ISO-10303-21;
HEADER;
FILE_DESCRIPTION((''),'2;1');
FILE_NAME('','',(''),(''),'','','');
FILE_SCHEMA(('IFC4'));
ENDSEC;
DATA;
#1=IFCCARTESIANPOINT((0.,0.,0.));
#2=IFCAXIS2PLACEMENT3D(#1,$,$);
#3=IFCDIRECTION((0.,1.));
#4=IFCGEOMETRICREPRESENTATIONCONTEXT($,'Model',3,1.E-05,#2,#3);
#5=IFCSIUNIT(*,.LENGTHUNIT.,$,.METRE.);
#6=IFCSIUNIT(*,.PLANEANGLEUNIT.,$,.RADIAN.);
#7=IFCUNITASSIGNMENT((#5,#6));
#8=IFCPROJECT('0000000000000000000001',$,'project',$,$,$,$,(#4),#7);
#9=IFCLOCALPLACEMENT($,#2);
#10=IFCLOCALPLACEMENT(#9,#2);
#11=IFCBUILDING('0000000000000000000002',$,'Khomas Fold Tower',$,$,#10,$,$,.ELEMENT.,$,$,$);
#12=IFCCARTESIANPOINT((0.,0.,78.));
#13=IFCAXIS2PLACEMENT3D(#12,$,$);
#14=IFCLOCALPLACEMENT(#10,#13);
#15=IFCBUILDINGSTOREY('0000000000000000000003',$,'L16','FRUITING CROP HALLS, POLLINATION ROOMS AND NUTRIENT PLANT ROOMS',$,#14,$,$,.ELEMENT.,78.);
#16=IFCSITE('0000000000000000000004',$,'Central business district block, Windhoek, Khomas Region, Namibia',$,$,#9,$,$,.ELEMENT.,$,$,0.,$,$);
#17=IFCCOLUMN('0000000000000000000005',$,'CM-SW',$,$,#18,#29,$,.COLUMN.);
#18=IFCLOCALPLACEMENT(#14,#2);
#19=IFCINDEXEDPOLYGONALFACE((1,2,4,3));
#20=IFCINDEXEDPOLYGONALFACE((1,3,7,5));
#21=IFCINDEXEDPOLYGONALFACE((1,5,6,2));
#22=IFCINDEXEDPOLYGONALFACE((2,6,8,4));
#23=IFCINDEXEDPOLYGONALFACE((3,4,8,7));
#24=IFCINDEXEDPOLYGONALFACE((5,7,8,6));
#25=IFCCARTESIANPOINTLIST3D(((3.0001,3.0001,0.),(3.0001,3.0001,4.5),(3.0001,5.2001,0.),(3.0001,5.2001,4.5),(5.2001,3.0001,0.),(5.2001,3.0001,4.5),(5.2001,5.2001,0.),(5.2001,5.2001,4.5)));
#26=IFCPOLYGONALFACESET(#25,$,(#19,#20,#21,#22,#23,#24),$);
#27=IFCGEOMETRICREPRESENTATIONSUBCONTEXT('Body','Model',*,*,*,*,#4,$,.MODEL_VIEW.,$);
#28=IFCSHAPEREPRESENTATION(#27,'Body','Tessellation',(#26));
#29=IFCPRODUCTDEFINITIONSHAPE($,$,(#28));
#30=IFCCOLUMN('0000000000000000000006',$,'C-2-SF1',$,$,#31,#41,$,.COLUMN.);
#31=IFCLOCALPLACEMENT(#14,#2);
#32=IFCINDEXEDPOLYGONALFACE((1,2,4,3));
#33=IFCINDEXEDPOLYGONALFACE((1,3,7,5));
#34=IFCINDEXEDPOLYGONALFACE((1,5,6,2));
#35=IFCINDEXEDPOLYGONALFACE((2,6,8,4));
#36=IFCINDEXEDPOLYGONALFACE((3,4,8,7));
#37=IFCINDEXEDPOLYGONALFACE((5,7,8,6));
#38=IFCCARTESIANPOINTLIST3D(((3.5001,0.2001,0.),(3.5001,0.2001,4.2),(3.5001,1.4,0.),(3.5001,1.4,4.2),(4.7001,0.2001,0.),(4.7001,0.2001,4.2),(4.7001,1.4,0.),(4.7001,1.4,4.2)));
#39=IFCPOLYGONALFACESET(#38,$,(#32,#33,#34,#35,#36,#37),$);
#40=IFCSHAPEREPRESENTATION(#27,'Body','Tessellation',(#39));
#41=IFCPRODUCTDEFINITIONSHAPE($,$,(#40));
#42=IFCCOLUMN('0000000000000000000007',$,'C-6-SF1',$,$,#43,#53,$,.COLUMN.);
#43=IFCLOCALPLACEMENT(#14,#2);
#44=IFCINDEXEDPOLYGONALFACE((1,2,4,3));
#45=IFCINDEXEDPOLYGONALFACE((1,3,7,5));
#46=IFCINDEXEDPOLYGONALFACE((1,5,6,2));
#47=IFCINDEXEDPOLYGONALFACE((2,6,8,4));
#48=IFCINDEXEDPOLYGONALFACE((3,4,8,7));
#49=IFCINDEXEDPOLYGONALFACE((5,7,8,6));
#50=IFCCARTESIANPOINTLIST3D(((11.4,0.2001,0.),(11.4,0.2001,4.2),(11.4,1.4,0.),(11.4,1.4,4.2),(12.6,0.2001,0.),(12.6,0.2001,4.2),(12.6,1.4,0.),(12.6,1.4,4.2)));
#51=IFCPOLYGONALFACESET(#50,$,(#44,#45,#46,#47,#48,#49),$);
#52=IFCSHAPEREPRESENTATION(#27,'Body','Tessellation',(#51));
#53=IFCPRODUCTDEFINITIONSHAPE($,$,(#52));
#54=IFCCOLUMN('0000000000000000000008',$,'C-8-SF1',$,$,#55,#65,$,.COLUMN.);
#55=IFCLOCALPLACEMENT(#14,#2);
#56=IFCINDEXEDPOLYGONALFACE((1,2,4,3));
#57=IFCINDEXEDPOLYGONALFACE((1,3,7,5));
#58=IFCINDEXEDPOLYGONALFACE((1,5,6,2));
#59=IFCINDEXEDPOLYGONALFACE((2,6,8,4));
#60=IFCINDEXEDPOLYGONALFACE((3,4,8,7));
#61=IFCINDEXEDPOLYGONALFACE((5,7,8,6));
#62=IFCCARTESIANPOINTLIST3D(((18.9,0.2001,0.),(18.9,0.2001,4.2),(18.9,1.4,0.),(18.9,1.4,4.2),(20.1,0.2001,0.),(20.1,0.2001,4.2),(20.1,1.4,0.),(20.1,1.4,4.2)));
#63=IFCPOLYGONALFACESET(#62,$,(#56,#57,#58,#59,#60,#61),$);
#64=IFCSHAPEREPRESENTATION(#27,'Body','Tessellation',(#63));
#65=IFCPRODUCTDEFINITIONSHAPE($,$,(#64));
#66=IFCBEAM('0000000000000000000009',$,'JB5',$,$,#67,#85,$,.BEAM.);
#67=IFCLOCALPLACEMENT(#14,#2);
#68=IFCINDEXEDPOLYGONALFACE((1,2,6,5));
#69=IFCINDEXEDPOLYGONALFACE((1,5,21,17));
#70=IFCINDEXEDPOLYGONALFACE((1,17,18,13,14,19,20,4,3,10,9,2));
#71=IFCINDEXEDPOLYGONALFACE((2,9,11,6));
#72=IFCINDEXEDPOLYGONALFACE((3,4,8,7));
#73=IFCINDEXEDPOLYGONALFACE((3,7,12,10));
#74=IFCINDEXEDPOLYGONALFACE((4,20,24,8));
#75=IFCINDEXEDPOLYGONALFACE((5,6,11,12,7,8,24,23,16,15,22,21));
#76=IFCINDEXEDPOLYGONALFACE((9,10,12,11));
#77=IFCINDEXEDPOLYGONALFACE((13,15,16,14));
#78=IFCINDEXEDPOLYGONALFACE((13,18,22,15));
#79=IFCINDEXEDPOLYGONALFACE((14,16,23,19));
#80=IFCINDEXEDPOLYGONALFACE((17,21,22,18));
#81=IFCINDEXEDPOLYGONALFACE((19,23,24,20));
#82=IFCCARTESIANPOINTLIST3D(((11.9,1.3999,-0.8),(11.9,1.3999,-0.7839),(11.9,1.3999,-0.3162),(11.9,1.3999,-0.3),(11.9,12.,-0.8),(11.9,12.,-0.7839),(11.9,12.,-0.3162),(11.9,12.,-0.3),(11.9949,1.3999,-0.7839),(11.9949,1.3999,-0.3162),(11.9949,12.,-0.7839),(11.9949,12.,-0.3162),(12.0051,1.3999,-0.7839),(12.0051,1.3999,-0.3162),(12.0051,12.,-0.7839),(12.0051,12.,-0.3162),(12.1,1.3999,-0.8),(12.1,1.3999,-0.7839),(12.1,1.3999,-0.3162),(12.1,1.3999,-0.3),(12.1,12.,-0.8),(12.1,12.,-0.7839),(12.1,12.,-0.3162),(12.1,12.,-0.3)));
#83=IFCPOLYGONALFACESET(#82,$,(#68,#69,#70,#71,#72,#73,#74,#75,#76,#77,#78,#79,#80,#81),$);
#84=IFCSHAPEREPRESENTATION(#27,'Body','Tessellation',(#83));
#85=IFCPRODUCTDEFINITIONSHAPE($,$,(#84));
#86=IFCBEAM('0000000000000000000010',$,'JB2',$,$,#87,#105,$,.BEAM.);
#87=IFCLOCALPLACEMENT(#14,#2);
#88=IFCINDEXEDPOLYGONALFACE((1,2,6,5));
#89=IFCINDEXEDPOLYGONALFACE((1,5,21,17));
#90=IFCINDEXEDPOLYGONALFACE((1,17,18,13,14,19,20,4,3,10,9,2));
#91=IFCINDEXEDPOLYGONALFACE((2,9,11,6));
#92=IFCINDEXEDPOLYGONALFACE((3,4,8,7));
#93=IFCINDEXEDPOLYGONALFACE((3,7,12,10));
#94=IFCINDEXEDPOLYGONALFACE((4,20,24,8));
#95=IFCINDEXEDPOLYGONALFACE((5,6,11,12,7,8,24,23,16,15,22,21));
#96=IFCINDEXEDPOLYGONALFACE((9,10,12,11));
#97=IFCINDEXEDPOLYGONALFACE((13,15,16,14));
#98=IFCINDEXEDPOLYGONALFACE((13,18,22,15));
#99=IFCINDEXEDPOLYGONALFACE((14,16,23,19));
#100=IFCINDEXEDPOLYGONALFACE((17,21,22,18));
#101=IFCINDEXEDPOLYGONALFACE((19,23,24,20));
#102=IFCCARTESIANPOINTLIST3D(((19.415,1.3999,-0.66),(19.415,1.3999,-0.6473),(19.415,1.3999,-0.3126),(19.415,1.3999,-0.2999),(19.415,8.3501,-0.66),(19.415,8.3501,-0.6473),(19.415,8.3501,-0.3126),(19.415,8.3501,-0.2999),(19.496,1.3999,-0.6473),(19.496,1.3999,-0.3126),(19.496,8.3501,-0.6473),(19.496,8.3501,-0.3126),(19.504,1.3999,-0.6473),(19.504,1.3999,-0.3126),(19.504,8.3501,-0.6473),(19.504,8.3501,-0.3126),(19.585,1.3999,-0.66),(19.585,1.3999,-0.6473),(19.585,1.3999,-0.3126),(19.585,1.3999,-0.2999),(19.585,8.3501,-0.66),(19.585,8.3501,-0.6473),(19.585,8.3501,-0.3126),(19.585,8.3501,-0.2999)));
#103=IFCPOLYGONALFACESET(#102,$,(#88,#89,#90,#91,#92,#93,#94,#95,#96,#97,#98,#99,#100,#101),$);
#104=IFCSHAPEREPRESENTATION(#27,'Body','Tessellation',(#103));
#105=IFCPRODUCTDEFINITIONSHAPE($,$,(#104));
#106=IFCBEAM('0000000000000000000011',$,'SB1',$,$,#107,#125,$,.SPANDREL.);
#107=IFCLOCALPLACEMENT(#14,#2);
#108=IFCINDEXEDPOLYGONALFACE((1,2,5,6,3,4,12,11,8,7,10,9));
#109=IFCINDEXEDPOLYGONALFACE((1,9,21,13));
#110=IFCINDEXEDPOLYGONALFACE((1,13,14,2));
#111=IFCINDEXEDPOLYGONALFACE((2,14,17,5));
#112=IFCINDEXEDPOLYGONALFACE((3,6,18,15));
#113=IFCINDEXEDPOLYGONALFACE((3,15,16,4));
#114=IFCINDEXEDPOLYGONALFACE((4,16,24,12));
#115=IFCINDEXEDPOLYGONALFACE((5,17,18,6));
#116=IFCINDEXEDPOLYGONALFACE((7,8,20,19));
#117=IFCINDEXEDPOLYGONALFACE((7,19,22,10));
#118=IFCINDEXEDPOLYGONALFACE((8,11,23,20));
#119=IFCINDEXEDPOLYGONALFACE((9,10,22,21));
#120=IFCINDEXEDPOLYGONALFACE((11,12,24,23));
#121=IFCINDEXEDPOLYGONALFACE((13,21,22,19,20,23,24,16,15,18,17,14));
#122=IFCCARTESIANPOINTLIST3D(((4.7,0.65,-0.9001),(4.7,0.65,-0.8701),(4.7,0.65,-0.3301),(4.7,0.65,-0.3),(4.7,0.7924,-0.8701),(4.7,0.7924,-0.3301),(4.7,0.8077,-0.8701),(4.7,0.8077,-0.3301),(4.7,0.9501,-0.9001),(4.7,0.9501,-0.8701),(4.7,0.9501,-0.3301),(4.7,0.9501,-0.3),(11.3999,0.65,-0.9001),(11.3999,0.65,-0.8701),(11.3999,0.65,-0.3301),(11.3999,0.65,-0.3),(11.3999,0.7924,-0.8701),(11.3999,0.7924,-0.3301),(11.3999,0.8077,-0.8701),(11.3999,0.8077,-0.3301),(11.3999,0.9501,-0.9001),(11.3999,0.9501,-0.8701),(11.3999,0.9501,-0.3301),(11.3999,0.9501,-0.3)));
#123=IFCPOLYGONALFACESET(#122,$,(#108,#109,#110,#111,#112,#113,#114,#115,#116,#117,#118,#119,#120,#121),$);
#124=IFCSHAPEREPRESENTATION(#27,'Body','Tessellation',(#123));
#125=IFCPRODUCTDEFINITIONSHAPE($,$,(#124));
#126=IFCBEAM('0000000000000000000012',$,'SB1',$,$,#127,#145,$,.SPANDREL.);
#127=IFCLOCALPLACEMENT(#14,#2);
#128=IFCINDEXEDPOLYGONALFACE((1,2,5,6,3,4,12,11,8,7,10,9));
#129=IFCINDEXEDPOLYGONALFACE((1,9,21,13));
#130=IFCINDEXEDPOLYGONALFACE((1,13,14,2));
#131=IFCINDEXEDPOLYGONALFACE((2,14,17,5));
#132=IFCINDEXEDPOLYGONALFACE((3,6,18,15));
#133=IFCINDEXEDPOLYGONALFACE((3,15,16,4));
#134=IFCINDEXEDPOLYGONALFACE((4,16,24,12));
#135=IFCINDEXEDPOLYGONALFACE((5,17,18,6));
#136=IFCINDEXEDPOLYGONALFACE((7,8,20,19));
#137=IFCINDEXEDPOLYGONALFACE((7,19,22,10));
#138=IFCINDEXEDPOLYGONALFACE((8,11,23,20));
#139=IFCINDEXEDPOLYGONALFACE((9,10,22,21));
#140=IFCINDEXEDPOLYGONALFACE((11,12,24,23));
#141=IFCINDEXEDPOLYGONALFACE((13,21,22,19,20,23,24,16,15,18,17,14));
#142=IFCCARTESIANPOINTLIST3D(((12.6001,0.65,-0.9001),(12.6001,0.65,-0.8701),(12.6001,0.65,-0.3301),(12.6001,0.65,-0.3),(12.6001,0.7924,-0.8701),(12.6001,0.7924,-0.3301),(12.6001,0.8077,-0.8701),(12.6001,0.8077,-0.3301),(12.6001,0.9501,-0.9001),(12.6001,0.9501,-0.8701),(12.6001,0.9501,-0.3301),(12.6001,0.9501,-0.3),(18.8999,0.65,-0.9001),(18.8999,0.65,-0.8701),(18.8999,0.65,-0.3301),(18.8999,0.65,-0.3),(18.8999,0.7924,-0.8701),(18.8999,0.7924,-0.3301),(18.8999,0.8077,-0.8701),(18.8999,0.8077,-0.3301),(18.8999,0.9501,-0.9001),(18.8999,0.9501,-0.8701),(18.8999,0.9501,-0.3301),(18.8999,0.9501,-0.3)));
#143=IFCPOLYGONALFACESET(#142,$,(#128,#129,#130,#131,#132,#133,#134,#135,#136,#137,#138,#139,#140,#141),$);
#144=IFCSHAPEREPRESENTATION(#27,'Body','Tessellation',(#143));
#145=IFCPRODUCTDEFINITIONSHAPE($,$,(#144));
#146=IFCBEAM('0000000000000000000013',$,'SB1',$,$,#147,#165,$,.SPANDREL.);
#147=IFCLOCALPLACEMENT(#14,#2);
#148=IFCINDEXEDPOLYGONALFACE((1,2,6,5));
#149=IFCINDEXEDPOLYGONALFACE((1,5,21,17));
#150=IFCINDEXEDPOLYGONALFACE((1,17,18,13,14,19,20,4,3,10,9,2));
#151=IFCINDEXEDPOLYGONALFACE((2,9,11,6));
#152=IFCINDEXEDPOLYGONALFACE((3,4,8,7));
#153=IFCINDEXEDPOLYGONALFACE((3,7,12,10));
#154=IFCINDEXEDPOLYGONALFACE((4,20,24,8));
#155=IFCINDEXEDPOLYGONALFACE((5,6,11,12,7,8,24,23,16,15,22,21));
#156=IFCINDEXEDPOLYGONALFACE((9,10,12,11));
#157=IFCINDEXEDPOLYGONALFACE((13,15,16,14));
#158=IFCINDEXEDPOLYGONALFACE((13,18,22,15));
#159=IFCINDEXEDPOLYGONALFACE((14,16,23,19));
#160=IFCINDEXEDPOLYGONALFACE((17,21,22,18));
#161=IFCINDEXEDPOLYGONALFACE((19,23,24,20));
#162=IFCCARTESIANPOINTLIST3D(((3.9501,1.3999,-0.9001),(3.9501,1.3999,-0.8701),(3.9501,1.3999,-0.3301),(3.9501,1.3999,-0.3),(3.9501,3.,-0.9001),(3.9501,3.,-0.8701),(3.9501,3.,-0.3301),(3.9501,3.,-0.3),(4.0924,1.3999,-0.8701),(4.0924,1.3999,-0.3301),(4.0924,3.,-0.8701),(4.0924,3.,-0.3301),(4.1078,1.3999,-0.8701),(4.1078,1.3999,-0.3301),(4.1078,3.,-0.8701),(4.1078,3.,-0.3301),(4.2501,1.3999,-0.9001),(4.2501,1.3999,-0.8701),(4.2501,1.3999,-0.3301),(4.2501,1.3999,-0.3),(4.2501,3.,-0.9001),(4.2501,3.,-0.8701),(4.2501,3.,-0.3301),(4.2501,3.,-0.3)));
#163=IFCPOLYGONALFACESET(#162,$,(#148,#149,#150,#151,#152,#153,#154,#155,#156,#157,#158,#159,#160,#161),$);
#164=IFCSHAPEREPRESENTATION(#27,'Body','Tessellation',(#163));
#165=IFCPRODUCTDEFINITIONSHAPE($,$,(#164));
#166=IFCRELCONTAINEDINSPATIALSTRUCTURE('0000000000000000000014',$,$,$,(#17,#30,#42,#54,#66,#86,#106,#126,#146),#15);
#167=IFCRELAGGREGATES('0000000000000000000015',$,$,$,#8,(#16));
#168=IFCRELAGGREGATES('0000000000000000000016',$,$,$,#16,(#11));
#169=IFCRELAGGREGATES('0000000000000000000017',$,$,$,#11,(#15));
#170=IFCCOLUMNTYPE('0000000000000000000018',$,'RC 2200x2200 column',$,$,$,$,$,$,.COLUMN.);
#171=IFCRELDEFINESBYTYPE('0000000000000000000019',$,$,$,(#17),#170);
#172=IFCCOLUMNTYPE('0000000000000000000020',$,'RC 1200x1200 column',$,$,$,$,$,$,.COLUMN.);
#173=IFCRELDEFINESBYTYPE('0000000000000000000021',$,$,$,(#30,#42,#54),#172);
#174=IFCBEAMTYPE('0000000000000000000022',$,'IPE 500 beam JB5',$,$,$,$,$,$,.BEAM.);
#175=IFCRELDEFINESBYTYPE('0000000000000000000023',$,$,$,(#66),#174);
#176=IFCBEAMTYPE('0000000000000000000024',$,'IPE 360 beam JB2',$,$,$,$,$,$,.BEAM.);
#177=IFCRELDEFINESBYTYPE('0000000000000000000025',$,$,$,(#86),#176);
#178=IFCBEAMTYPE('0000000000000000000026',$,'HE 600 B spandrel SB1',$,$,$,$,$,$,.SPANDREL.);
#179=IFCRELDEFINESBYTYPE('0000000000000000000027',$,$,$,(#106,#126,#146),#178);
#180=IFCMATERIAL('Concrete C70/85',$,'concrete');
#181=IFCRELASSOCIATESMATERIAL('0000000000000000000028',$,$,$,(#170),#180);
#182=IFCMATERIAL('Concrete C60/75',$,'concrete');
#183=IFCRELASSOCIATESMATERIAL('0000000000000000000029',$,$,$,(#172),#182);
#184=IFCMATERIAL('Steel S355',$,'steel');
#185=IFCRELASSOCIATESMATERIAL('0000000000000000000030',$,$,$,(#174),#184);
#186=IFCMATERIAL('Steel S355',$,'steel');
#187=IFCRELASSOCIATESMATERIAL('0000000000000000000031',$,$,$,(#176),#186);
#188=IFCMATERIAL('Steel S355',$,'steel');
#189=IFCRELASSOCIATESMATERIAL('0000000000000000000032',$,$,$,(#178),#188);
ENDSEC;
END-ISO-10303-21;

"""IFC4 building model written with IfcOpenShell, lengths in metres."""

from ifc_helpers import new_model, si_unit, direction, frame, origin, origin_2d, place, context, subcontext, project, spatial, rectangle, i_section, extrude, source, transform, mapped, material, material_profile, profile_set, type_object, element, save


model = new_model("IFC4")

# Units and contexts
model_context = context("Model", 3, precision=1e-05, world=origin(), true_north=direction((0.0, 1.0)))
body_context = subcontext(model_context, "Body", "Model", "MODEL_VIEW")
ifc_project = project(units=[si_unit("LENGTHUNIT", "METRE"), si_unit("PLANEANGLEUNIT", "RADIAN")], contexts=[model_context])

# Site, building, storey
site_placement = place(None, origin())
site = spatial("IfcSite", under=ifc_project, at=site_placement, Name="Central business district block, Windhoek, Khomas Region, Namibia", CompositionType="ELEMENT", RefElevation=0.0)
building_placement = place(site_placement, origin())
building = spatial("IfcBuilding", under=site, at=building_placement, Name="Khomas Fold Tower", CompositionType="ELEMENT")
storey_placement = place(building_placement, frame((0.0, 0.0, 78.0)))
storey = spatial("IfcBuildingStorey", under=building, at=storey_placement, Name="L16", Description="FRUITING CROP HALLS, POLLINATION ROOMS AND NUTRIENT PLANT ROOMS", CompositionType="ELEMENT", Elevation=78.0)

# Columns
ifc_material_1 = material(Name="Concrete C70/85", Category="concrete")
ifc_material_profile_1 = material_profile(ifc_material_1, rectangle(XDim=2.2, YDim=2.2, at=origin_2d()), Name="RC 2200x2200")
ifc_profile_set_1 = profile_set([ifc_material_profile_1], Name="Concrete C70/85")
column_type_1 = type_object("IfcColumnType", Name="RC 2200x2200 column", PredefinedType="COLUMN", material=ifc_profile_set_1)
shared_shape_1 = source(origin(), body_context, "Body", "SweptSolid", [
    extrude(rectangle(XDim=2.2, YDim=2.2, at=origin_2d()), origin(), (0.0, 0.0, 1.0), 4.5),
])
column_placement = place(storey_placement, frame((4.1001, 4.1001, 0.0), z_axis=(0.0, 0.0, 1.0), x_axis=(1.0, 0.0, 0.0)))
element("IfcColumn", 1, at=column_placement, inside=storey, type_object=column_type_1, Name="CM-SW", PredefinedType="COLUMN", context=body_context, shape_type="MappedRepresentation", body=[
    mapped(shared_shape_1, transform((0.0, 0.0, 0.0))),
])
ifc_material_2 = material(Name="Concrete C60/75", Category="concrete")
ifc_material_profile_2 = material_profile(ifc_material_2, rectangle(XDim=1.2, YDim=1.2, at=origin_2d()), Name="RC 1200x1200")
ifc_profile_set_2 = profile_set([ifc_material_profile_2], Name="Concrete C60/75")
column_type_2 = type_object("IfcColumnType", Name="RC 1200x1200 column", PredefinedType="COLUMN", material=ifc_profile_set_2)
shared_shape_2 = source(origin(), body_context, "Body", "SweptSolid", [
    extrude(rectangle(XDim=1.2, YDim=1.2, at=origin_2d()), origin(), (0.0, 0.0, 1.0), 4.2),
])
for number, where, z_axis, x_axis, name in (
    (2, (4.1001, 0.8, 0.0), (0.0, 0.0, 1.0), (1.0, 0.0, 0.0), "C-2-SF1"),
    (3, (12.0, 0.8, 0.0), (0.0, 0.0, 1.0), (1.0, 0.0, 0.0), "C-6-SF1"),
    (4, (19.5, 0.8, 0.0), (0.0, 0.0, 1.0), (1.0, 0.0, 0.0), "C-8-SF1"),
):
    element("IfcColumn", number, at=place(storey_placement, frame(where, z_axis=z_axis, x_axis=x_axis)), inside=storey, type_object=column_type_2, Name=name, PredefinedType="COLUMN", context=body_context, shape_type="MappedRepresentation", body=[
        mapped(shared_shape_2, transform((0.0, 0.0, 0.0))),
    ])

# Beams
ifc_material_3 = material(Name="Steel S355", Category="steel")
ifc_material_profile_3 = material_profile(ifc_material_3, i_section(OverallWidth=0.2, OverallDepth=0.5, WebThickness=0.0103, FlangeThickness=0.0161, at=origin_2d()), Name="IPE 500")
ifc_profile_set_3 = profile_set([ifc_material_profile_3], Name="Steel S355")
beam_type_1 = type_object("IfcBeamType", Name="IPE 500 beam JB5", PredefinedType="BEAM", material=ifc_profile_set_3)
shared_shape_3 = source(origin(), body_context, "Body", "SweptSolid", [
    extrude(i_section(OverallWidth=0.2, OverallDepth=0.5, WebThickness=0.0103, FlangeThickness=0.0161, at=origin_2d()), origin(), (0.0, 0.0, 1.0), 10.6001),
])
beam_1_placement = place(storey_placement, frame((12.0, 1.3999, -0.55), z_axis=(0.0, 1.0, 0.0), x_axis=(-1.0, 0.0, 0.0)))
element("IfcBeam", 5, at=beam_1_placement, inside=storey, type_object=beam_type_1, Name="JB5", PredefinedType="BEAM", context=body_context, shape_type="MappedRepresentation", body=[
    mapped(shared_shape_3, transform((0.0, 0.0, 0.0))),
])
ifc_material_4 = material(Name="Steel S355", Category="steel")
ifc_material_profile_4 = material_profile(ifc_material_4, i_section(OverallWidth=0.1699, OverallDepth=0.3601, WebThickness=0.0081, FlangeThickness=0.0127, at=origin_2d()), Name="IPE 360")
ifc_profile_set_4 = profile_set([ifc_material_profile_4], Name="Steel S355")
beam_type_2 = type_object("IfcBeamType", Name="IPE 360 beam JB2", PredefinedType="BEAM", material=ifc_profile_set_4)
shared_shape_4 = source(origin(), body_context, "Body", "SweptSolid", [
    extrude(i_section(OverallWidth=0.1699, OverallDepth=0.3601, WebThickness=0.0081, FlangeThickness=0.0127, at=origin_2d()), origin(), (0.0, 0.0, 1.0), 6.9502),
])
beam_2_placement = place(storey_placement, frame((19.5, 1.3999, -0.48), z_axis=(0.0, 1.0, 0.0), x_axis=(-1.0, 0.0, 0.0)))
element("IfcBeam", 6, at=beam_2_placement, inside=storey, type_object=beam_type_2, Name="JB2", PredefinedType="BEAM", context=body_context, shape_type="MappedRepresentation", body=[
    mapped(shared_shape_4, transform((0.0, 0.0, 0.0))),
])
ifc_material_5 = material(Name="Steel S355", Category="steel")
ifc_material_profile_5 = material_profile(ifc_material_5, i_section(OverallWidth=0.3, OverallDepth=0.6001, WebThickness=0.0154, FlangeThickness=0.03, at=origin_2d()), Name="HE 600 B")
ifc_profile_set_5 = profile_set([ifc_material_profile_5], Name="Steel S355")
beam_type_3 = type_object("IfcBeamType", Name="HE 600 B spandrel SB1", PredefinedType="SPANDREL", material=ifc_profile_set_5)
shared_shape_5 = source(origin(), body_context, "Body", "SweptSolid", [
    extrude(i_section(OverallWidth=0.3, OverallDepth=0.6001, WebThickness=0.0154, FlangeThickness=0.03, at=origin_2d()), origin(), (0.0, 0.0, 1.0), 6.7),
])
beam_3_placement = place(storey_placement, frame((4.7, 0.8, -0.6001), z_axis=(1.0, 0.0, 0.0), x_axis=(0.0, 1.0, 0.0)))
element("IfcBeam", 7, at=beam_3_placement, inside=storey, type_object=beam_type_3, Name="SB1", PredefinedType="SPANDREL", context=body_context, shape_type="MappedRepresentation", body=[
    mapped(shared_shape_5, transform((0.0, 0.0, 0.0))),
])
shared_shape_6 = source(origin(), body_context, "Body", "SweptSolid", [
    extrude(i_section(OverallWidth=0.3, OverallDepth=0.6001, WebThickness=0.0154, FlangeThickness=0.03, at=origin_2d()), origin(), (0.0, 0.0, 1.0), 6.2998),
])
beam_4_placement = place(storey_placement, frame((12.6001, 0.8, -0.6001), z_axis=(1.0, 0.0, 0.0), x_axis=(0.0, 1.0, 0.0)))
element("IfcBeam", 8, at=beam_4_placement, inside=storey, type_object=beam_type_3, Name="SB1", PredefinedType="SPANDREL", context=body_context, shape_type="MappedRepresentation", body=[
    mapped(shared_shape_6, transform((0.0, 0.0, 0.0))),
])
shared_shape_7 = source(origin(), body_context, "Body", "SweptSolid", [
    extrude(i_section(OverallWidth=0.3, OverallDepth=0.6001, WebThickness=0.0154, FlangeThickness=0.03, at=origin_2d()), origin(), (0.0, 0.0, 1.0), 1.6001),
])
beam_5_placement = place(storey_placement, frame((4.1001, 1.3999, -0.6001), z_axis=(0.0, 1.0, 0.0), x_axis=(-1.0, 0.0, 0.0)))
element("IfcBeam", 9, at=beam_5_placement, inside=storey, type_object=beam_type_3, Name="SB1", PredefinedType="SPANDREL", context=body_context, shape_type="MappedRepresentation", body=[
    mapped(shared_shape_7, transform((0.0, 0.0, 0.0))),
])

save(model, "model.ifc")
